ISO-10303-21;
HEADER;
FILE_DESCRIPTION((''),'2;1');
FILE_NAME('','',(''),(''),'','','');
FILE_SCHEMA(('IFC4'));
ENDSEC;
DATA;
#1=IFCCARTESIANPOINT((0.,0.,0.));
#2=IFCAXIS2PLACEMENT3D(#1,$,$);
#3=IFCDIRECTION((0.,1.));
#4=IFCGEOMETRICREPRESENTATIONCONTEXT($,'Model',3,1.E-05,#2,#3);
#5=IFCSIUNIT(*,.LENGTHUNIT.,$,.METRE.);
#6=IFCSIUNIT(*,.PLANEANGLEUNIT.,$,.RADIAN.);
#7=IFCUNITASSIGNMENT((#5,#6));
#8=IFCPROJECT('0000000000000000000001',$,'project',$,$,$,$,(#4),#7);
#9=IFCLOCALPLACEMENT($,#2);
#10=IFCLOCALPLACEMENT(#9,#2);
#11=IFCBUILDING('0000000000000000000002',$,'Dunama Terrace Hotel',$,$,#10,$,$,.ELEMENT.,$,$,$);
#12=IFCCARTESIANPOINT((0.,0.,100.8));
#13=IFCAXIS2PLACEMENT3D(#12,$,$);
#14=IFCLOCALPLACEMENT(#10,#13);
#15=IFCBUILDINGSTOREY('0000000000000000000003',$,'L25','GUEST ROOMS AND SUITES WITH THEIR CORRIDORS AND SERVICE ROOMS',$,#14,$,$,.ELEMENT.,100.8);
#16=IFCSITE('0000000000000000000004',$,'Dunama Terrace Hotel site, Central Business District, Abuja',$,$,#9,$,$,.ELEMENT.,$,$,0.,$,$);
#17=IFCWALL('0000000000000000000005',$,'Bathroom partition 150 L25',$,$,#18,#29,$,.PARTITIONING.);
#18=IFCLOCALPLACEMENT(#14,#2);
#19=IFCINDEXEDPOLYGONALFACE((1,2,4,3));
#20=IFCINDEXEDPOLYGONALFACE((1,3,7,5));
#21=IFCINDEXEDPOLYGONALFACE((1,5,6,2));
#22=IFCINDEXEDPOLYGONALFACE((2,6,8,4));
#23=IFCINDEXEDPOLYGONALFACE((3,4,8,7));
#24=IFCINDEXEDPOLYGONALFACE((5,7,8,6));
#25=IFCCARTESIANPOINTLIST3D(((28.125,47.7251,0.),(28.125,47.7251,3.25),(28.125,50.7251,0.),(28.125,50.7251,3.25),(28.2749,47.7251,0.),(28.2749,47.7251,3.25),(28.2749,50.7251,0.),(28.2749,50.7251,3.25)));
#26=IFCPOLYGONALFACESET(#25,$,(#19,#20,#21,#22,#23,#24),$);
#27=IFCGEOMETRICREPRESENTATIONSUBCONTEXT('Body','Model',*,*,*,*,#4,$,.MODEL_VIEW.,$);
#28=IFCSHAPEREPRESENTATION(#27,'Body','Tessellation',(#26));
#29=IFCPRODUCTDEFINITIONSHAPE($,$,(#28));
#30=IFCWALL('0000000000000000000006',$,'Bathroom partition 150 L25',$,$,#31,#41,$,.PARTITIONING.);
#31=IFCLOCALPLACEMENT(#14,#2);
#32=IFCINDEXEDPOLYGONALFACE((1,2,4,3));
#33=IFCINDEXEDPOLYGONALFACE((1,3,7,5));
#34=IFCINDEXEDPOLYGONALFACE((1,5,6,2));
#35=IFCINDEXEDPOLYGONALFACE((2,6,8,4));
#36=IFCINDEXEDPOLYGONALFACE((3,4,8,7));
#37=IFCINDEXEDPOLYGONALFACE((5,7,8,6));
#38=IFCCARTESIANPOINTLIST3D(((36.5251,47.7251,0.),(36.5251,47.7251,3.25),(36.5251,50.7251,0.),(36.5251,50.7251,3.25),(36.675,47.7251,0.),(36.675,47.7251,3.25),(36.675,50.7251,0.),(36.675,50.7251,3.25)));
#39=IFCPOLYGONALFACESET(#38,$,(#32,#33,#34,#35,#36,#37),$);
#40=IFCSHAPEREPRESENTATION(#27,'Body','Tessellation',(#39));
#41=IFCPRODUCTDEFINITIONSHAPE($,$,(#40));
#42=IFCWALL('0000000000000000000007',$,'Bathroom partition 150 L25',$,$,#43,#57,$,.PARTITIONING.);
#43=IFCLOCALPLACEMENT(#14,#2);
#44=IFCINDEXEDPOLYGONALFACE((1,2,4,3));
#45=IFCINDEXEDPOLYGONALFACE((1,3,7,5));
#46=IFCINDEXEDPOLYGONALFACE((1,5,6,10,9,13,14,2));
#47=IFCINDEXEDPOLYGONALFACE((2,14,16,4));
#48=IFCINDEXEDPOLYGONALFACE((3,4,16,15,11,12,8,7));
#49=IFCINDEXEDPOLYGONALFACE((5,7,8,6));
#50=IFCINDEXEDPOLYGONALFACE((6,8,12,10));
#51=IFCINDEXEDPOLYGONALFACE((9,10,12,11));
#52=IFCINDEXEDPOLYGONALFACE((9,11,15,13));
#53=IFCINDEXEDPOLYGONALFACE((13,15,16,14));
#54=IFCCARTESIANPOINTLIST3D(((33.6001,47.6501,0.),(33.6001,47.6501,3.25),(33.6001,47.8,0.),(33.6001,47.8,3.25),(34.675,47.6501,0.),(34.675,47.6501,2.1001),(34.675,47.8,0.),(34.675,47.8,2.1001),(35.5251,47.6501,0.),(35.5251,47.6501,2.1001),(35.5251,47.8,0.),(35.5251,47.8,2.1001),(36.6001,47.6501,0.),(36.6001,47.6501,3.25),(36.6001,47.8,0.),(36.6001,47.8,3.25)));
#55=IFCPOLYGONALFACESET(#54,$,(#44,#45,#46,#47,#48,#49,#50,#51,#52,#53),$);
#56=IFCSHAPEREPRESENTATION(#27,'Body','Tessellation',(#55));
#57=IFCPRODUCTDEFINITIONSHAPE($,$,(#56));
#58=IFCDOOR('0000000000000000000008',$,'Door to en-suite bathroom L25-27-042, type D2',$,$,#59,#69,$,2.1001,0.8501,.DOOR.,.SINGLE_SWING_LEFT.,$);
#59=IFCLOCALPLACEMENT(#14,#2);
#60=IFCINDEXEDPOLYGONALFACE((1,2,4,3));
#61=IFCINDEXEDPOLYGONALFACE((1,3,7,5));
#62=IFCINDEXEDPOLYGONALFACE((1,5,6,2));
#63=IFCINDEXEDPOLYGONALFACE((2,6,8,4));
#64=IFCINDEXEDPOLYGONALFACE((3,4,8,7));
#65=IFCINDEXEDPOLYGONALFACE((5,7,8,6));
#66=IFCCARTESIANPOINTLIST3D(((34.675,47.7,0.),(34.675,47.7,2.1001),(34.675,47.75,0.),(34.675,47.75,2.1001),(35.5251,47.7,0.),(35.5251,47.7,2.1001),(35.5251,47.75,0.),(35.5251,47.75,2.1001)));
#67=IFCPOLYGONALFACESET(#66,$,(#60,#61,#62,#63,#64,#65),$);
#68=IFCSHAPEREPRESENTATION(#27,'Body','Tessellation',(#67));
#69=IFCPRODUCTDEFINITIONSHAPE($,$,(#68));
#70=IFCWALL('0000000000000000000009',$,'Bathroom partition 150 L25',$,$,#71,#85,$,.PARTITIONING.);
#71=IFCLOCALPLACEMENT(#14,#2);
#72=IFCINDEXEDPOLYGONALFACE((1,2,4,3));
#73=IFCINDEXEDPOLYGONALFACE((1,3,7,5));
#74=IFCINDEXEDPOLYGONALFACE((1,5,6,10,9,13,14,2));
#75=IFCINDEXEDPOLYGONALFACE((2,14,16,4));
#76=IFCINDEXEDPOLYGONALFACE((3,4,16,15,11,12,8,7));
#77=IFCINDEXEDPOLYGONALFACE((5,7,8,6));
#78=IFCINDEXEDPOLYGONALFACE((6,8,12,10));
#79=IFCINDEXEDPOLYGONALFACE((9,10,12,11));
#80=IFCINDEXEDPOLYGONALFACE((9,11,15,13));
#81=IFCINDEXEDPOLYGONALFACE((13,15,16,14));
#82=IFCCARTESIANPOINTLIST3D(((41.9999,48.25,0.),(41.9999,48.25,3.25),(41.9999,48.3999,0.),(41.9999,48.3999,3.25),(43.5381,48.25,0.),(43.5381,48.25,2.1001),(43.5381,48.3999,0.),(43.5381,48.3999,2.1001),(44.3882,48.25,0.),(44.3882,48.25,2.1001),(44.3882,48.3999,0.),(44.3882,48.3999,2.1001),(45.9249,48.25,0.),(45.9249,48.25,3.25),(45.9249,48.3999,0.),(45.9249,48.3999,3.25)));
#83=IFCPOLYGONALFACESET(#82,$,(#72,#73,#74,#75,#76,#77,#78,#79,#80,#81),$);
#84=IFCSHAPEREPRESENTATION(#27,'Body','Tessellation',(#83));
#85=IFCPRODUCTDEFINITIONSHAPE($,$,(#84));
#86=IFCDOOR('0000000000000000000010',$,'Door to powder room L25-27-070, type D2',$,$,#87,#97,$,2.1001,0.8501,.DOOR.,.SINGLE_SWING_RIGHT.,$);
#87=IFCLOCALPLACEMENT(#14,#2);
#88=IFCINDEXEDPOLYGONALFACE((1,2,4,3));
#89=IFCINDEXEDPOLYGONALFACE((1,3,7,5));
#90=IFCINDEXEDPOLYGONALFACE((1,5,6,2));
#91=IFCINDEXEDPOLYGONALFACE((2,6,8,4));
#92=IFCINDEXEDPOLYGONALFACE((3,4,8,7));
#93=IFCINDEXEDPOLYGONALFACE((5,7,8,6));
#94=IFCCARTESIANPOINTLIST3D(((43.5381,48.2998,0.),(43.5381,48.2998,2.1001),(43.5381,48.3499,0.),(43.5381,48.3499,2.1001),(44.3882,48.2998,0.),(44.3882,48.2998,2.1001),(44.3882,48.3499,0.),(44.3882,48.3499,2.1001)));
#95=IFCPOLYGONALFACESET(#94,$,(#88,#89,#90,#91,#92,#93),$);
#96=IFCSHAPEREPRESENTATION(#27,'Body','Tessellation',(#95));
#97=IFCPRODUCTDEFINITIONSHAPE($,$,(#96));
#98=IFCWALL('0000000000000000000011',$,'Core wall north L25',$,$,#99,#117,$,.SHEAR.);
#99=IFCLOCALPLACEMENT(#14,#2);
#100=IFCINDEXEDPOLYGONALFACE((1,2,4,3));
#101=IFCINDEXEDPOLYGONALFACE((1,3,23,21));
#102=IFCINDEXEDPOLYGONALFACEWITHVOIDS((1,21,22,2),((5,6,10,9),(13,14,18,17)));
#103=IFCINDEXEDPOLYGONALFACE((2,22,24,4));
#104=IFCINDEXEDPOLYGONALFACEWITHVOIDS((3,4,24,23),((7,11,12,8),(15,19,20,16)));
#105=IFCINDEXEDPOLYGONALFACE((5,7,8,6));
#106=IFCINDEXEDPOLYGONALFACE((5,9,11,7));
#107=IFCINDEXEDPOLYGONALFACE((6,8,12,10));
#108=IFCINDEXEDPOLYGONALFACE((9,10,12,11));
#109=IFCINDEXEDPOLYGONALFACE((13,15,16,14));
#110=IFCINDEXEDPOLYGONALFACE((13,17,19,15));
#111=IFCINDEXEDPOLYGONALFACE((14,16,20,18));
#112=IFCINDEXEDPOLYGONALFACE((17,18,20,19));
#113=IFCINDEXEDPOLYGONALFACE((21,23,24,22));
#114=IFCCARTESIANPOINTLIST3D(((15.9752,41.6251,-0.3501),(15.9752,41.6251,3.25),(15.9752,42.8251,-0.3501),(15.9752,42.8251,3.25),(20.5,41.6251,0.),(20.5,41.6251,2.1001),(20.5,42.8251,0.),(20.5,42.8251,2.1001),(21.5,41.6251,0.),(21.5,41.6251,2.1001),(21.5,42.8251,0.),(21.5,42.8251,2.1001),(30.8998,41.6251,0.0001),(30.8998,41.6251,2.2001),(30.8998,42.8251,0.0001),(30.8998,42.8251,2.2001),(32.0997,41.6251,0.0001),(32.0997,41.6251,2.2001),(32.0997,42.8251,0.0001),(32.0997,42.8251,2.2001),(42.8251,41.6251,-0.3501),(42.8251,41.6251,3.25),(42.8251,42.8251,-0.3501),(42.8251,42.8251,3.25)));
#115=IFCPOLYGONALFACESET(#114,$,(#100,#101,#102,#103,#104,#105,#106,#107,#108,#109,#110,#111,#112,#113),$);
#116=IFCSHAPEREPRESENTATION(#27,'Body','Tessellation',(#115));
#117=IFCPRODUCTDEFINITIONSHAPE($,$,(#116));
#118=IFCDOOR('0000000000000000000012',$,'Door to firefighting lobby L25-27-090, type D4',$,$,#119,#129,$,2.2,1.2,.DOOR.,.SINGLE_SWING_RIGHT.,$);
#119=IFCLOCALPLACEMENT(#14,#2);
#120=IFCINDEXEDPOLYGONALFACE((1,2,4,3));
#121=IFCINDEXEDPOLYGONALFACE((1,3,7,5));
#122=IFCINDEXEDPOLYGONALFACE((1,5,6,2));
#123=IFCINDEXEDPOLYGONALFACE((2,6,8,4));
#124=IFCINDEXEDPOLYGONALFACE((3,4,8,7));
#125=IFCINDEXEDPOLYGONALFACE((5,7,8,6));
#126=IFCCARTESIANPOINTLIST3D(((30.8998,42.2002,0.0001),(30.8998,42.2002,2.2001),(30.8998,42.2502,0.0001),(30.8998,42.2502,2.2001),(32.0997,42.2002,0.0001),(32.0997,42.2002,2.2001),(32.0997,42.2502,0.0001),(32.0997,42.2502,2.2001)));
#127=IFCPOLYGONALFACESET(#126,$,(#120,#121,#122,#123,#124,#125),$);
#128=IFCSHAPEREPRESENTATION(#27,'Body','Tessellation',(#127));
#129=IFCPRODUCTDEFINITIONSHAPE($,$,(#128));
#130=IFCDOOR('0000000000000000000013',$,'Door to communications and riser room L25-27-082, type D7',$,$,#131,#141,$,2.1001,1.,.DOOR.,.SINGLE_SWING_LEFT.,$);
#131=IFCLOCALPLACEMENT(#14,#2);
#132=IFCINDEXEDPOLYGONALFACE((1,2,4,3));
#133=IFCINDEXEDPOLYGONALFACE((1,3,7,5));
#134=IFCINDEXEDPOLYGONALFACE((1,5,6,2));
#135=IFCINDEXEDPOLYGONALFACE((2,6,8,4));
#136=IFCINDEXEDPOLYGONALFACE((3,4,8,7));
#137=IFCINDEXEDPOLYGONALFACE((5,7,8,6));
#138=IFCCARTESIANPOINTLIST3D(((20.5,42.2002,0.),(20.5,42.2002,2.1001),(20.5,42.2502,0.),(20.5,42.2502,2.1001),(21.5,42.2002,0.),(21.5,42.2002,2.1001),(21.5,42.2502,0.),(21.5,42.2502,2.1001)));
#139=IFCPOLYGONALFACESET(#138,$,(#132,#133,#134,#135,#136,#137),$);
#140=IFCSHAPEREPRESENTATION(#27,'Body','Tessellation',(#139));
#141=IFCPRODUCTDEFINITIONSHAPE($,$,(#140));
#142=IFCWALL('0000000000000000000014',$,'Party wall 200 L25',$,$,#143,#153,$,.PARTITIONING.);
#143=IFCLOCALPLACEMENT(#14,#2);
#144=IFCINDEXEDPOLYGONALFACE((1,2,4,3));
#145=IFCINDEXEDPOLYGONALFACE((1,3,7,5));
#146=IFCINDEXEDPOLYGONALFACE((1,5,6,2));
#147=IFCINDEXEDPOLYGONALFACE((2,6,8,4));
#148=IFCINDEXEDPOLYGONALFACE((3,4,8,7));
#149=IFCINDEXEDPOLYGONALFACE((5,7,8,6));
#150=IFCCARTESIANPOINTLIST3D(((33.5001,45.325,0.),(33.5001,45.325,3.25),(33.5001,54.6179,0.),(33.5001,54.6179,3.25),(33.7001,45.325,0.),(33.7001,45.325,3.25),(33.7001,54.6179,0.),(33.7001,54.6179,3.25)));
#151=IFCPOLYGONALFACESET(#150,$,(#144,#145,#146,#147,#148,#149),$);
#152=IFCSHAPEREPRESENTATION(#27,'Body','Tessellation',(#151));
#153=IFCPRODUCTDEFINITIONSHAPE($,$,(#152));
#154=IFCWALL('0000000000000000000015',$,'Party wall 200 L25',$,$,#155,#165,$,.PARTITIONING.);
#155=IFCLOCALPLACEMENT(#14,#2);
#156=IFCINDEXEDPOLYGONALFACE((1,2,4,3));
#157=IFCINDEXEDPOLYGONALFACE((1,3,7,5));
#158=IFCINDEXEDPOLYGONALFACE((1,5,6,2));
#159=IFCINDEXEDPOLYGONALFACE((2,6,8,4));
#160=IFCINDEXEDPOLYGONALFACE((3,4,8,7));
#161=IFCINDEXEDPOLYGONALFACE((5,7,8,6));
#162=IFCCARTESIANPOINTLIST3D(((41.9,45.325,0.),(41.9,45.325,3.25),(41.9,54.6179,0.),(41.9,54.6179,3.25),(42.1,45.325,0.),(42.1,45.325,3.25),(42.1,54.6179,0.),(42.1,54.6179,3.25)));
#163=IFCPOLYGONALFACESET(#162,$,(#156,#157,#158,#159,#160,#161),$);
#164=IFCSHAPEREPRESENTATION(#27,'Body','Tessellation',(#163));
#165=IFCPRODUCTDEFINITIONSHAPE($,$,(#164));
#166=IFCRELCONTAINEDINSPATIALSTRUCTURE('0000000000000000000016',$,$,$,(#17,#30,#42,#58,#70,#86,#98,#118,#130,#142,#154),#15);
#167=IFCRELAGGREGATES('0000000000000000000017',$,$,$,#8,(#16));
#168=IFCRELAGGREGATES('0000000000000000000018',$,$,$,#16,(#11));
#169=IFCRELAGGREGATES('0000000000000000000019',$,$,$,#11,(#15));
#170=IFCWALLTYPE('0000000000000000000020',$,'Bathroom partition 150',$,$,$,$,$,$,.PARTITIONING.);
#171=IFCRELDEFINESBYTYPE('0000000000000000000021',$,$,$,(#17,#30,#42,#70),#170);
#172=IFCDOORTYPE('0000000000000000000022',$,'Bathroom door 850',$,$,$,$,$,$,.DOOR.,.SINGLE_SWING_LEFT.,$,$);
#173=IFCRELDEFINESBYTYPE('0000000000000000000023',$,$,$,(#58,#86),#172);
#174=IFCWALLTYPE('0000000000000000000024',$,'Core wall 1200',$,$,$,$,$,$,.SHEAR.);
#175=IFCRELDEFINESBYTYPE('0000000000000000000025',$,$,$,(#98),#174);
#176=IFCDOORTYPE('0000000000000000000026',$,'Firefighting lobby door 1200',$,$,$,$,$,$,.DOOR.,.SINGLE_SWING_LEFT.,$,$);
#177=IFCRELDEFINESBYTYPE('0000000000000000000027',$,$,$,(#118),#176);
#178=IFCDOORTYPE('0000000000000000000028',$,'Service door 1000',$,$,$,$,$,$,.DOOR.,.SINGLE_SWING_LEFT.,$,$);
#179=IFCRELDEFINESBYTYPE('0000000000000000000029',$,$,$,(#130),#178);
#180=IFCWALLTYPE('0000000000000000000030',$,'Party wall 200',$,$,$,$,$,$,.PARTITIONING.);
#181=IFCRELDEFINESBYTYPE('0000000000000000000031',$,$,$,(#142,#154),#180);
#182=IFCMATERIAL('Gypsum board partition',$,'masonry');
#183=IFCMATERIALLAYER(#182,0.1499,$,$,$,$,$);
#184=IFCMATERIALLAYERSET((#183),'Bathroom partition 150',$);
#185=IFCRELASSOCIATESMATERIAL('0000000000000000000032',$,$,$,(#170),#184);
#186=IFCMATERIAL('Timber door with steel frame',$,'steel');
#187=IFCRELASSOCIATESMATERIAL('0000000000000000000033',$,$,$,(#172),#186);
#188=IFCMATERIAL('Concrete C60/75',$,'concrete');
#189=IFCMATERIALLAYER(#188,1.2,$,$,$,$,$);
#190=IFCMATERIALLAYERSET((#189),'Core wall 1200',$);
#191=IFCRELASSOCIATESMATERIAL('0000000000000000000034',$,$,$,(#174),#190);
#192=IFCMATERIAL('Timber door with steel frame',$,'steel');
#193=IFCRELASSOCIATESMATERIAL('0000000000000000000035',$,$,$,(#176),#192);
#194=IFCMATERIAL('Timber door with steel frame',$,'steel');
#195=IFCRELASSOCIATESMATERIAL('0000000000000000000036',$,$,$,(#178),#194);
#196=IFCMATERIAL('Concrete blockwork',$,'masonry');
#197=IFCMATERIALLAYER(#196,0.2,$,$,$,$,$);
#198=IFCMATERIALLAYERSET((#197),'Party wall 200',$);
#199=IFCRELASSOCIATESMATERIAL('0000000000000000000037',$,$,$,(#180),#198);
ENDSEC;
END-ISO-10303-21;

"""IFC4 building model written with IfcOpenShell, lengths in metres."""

from ifc_helpers import new_model, si_unit, direction, frame, frame_2d, origin, place, context, subcontext, project, spatial, rectangle, extrude, material, layer, layer_set, type_object, element, fill, save


model = new_model("IFC4")

# Units and contexts
model_context = context("Model", 3, precision=1e-05, world=origin(), true_north=direction((0.0, 1.0)))
body_context = subcontext(model_context, "Body", "Model", "MODEL_VIEW")
ifc_project = project(units=[si_unit("LENGTHUNIT", "METRE"), si_unit("PLANEANGLEUNIT", "RADIAN")], contexts=[model_context])

# Site, building, storey
site_placement = place(None, origin())
site = spatial("IfcSite", under=ifc_project, at=site_placement, Name="Dunama Terrace Hotel site, Central Business District, Abuja", CompositionType="ELEMENT", RefElevation=0.0)
building_placement = place(site_placement, origin())
building = spatial("IfcBuilding", under=site, at=building_placement, Name="Dunama Terrace Hotel", CompositionType="ELEMENT")
storey_placement = place(building_placement, frame((0.0, 0.0, 100.8)))
storey = spatial("IfcBuildingStorey", under=building, at=storey_placement, Name="L25", Description="GUEST ROOMS AND SUITES WITH THEIR CORRIDORS AND SERVICE ROOMS", CompositionType="ELEMENT", Elevation=100.8)

# Walls
ifc_material_1 = material(Name="Gypsum board partition", Category="masonry")
ifc_layer_1 = layer(ifc_material_1, 0.1499)
ifc_layer_set_1 = layer_set([ifc_layer_1], Name="Bathroom partition 150")
wall_type_1 = type_object("IfcWallType", Name="Bathroom partition 150", PredefinedType="PARTITIONING", material=ifc_layer_set_1)
for number, where, z_axis, x_axis, name in (
    (1, (28.2, 47.7251, 0.0), (0.0, 0.0, 1.0), (0.0, 1.0, 0.0), "Bathroom partition 150 L25"),
    (2, (36.6001, 47.7251, 0.0), (0.0, 0.0, 1.0), (0.0, 1.0, 0.0), "Bathroom partition 150 L25"),
):
    element("IfcWall", number, at=place(storey_placement, frame(where, z_axis=z_axis, x_axis=x_axis)), inside=storey, type_object=wall_type_1, Name=name, PredefinedType="PARTITIONING", context=body_context, shape_type="SweptSolid", body=[
        extrude(rectangle(XDim=3.0, YDim=0.1499, at=frame_2d((1.5, 0.0))), origin(), (0.0, 0.0, 1.0), 3.25),
    ])

# Walls, openings, doors
wall_1_placement = place(storey_placement, frame((33.6001, 47.7251, 0.0), z_axis=(0.0, 0.0, 1.0), x_axis=(1.0, 0.0, 0.0)))
wall_1 = element("IfcWall", 3, at=wall_1_placement, inside=storey, type_object=wall_type_1, Name="Bathroom partition 150 L25", PredefinedType="PARTITIONING", context=body_context, shape_type="SweptSolid", body=[
    extrude(rectangle(XDim=3.0, YDim=0.1499, at=frame_2d((1.5, 0.0))), origin(), (0.0, 0.0, 1.0), 3.25),
])
opening_1_placement = place(wall_1_placement, frame((1.075, 0.0, 0.0)))
opening_1 = element("IfcOpeningElement", 4, at=opening_1_placement, cuts=wall_1, PredefinedType="OPENING", context=body_context, shape_type="SweptSolid", body=[
    extrude(rectangle(XDim=0.8501, YDim=2.1001, at=frame_2d((0.425, 1.05))), frame((0.0, 0.085, 0.0), z_axis=(0.0, -1.0, 0.0), x_axis=(1.0, 0.0, 0.0)), (0.0, 0.0, 1.0), 0.1699),
])
ifc_material_2 = material(Name="Timber door with steel frame", Category="steel")
door_type_1 = type_object("IfcDoorType", Name="Bathroom door 850", OperationType="SINGLE_SWING_LEFT", PredefinedType="DOOR", material=ifc_material_2)
door_1_placement = place(opening_1_placement, origin())
door_1 = element("IfcDoor", 5, at=door_1_placement, inside=storey, type_object=door_type_1, Name="Door to en-suite bathroom L25-27-042, type D2", OperationType="SINGLE_SWING_LEFT", OverallHeight=2.1001, OverallWidth=0.8501, PredefinedType="DOOR", context=body_context, shape_type="SweptSolid", body=[
    extrude(rectangle(XDim=0.8501, YDim=2.1001, at=frame_2d((0.425, 1.05))), frame((0.0, 0.0249, 0.0), z_axis=(0.0, -1.0, 0.0), x_axis=(1.0, 0.0, 0.0)), (0.0, 0.0, 1.0), 0.05),
])
fill(opening_1, door_1)
wall_2_placement = place(storey_placement, frame((42.0, 48.325, 0.0), z_axis=(0.0, 0.0, 1.0), x_axis=(1.0, 0.0, 0.0)))
wall_2 = element("IfcWall", 6, at=wall_2_placement, inside=storey, type_object=wall_type_1, Name="Bathroom partition 150 L25", PredefinedType="PARTITIONING", context=body_context, shape_type="SweptSolid", body=[
    extrude(rectangle(XDim=3.925, YDim=0.1499, at=frame_2d((1.9624, 0.0))), origin(), (0.0, 0.0, 1.0), 3.25),
])
opening_2_placement = place(wall_2_placement, frame((1.5381, 0.0, 0.0)))
opening_2 = element("IfcOpeningElement", 7, at=opening_2_placement, cuts=wall_2, PredefinedType="OPENING", context=body_context, shape_type="SweptSolid", body=[
    extrude(rectangle(XDim=0.8501, YDim=2.1001, at=frame_2d((0.425, 1.05))), frame((0.0, 0.085, 0.0), z_axis=(0.0, -1.0, 0.0), x_axis=(1.0, 0.0, 0.0)), (0.0, 0.0, 1.0), 0.1699),
])
door_2_placement = place(opening_2_placement, frame((0.8501, 0.0, 0.0), z_axis=(0.0, 0.0, 1.0), x_axis=(-1.0, 0.0, 0.0)))
door_2 = element("IfcDoor", 8, at=door_2_placement, inside=storey, type_object=door_type_1, Name="Door to powder room L25-27-070, type D2", OperationType="SINGLE_SWING_RIGHT", OverallHeight=2.1001, OverallWidth=0.8501, PredefinedType="DOOR", context=body_context, shape_type="SweptSolid", body=[
    extrude(rectangle(XDim=0.8501, YDim=2.1001, at=frame_2d((0.425, 1.05))), frame((0.0, 0.0251, 0.0), z_axis=(0.0, -1.0, 0.0), x_axis=(1.0, 0.0, 0.0)), (0.0, 0.0, 1.0), 0.05),
])
fill(opening_2, door_2)

# Wall, openings, doors
ifc_material_3 = material(Name="Concrete C60/75", Category="concrete")
ifc_layer_2 = layer(ifc_material_3, 1.2)
ifc_layer_set_2 = layer_set([ifc_layer_2], Name="Core wall 1200")
wall_type_2 = type_object("IfcWallType", Name="Core wall 1200", PredefinedType="SHEAR", material=ifc_layer_set_2)
wall_3_placement = place(storey_placement, frame((42.825, 42.2251, -0.3501), z_axis=(0.0, 0.0, 1.0), x_axis=(-1.0, 0.0, 0.0)))
wall_3 = element("IfcWall", 9, at=wall_3_placement, inside=storey, type_object=wall_type_2, Name="Core wall north L25", PredefinedType="SHEAR", context=body_context, shape_type="SweptSolid", body=[
    extrude(rectangle(XDim=26.8499, YDim=1.2, at=frame_2d((13.4248, 0.0))), origin(), (0.0, 0.0, 1.0), 3.6001),
])
opening_3_placement = place(wall_3_placement, frame((21.325, 0.0, 0.3501)))
opening_3 = element("IfcOpeningElement", 10, at=opening_3_placement, cuts=wall_3, PredefinedType="OPENING", context=body_context, shape_type="SweptSolid", body=[
    extrude(rectangle(XDim=1.0, YDim=2.1001, at=frame_2d((0.5, 1.05))), frame((0.0, 0.6099, 0.0), z_axis=(0.0, -1.0, 0.0), x_axis=(1.0, 0.0, 0.0)), (0.0, 0.0, 1.0), 1.22),
])
opening_4_placement = place(wall_3_placement, frame((10.7251, 0.0, 0.3501)))
opening_4 = element("IfcOpeningElement", 11, at=opening_4_placement, cuts=wall_3, PredefinedType="OPENING", context=body_context, shape_type="SweptSolid", body=[
    extrude(rectangle(XDim=1.2, YDim=2.2, at=frame_2d((0.6001, 1.1001))), frame((0.0, 0.6099, 0.0), z_axis=(0.0, -1.0, 0.0), x_axis=(1.0, 0.0, 0.0)), (0.0, 0.0, 1.0), 1.22),
])
ifc_material_4 = material(Name="Timber door with steel frame", Category="steel")
door_type_2 = type_object("IfcDoorType", Name="Firefighting lobby door 1200", OperationType="SINGLE_SWING_LEFT", PredefinedType="DOOR", material=ifc_material_4)
door_3_placement = place(opening_4_placement, origin())
door_3 = element("IfcDoor", 12, at=door_3_placement, inside=storey, type_object=door_type_2, Name="Door to firefighting lobby L25-27-090, type D4", OperationType="SINGLE_SWING_RIGHT", OverallHeight=2.2, OverallWidth=1.2, PredefinedType="DOOR", context=body_context, shape_type="SweptSolid", body=[
    extrude(rectangle(XDim=1.2, YDim=2.2, at=frame_2d((0.6001, 1.1001))), frame((0.0, 0.0249, 0.0), z_axis=(0.0, -1.0, 0.0), x_axis=(1.0, 0.0, 0.0)), (0.0, 0.0, 1.0), 0.05),
])
fill(opening_4, door_3)
ifc_material_5 = material(Name="Timber door with steel frame", Category="steel")
door_type_3 = type_object("IfcDoorType", Name="Service door 1000", OperationType="SINGLE_SWING_LEFT", PredefinedType="DOOR", material=ifc_material_5)
door_4_placement = place(opening_3_placement, origin())
door_4 = element("IfcDoor", 13, at=door_4_placement, inside=storey, type_object=door_type_3, Name="Door to communications and riser room L25-27-082, type D7", OperationType="SINGLE_SWING_LEFT", OverallHeight=2.1001, OverallWidth=1.0, PredefinedType="DOOR", context=body_context, shape_type="SweptSolid", body=[
    extrude(rectangle(XDim=1.0, YDim=2.1001, at=frame_2d((0.5, 1.05))), frame((0.0, 0.0249, 0.0), z_axis=(0.0, -1.0, 0.0), x_axis=(1.0, 0.0, 0.0)), (0.0, 0.0, 1.0), 0.05),
])
fill(opening_3, door_4)

# Walls
ifc_material_6 = material(Name="Concrete blockwork", Category="masonry")
ifc_layer_3 = layer(ifc_material_6, 0.2)
ifc_layer_set_3 = layer_set([ifc_layer_3], Name="Party wall 200")
wall_type_3 = type_object("IfcWallType", Name="Party wall 200", PredefinedType="PARTITIONING", material=ifc_layer_set_3)
for number, where, z_axis, x_axis, name in (
    (14, (33.6001, 45.325, 0.0), (0.0, 0.0, 1.0), (0.0, 1.0, 0.0), "Party wall 200 L25"),
    (15, (42.0, 45.325, 0.0), (0.0, 0.0, 1.0), (0.0, 1.0, 0.0), "Party wall 200 L25"),
):
    element("IfcWall", number, at=place(storey_placement, frame(where, z_axis=z_axis, x_axis=x_axis)), inside=storey, type_object=wall_type_3, Name=name, PredefinedType="PARTITIONING", context=body_context, shape_type="SweptSolid", body=[
        extrude(rectangle(XDim=9.293, YDim=0.2, at=frame_2d((4.6465, 0.0))), origin(), (0.0, 0.0, 1.0), 3.25),
    ])

save(model, "model.ifc")
